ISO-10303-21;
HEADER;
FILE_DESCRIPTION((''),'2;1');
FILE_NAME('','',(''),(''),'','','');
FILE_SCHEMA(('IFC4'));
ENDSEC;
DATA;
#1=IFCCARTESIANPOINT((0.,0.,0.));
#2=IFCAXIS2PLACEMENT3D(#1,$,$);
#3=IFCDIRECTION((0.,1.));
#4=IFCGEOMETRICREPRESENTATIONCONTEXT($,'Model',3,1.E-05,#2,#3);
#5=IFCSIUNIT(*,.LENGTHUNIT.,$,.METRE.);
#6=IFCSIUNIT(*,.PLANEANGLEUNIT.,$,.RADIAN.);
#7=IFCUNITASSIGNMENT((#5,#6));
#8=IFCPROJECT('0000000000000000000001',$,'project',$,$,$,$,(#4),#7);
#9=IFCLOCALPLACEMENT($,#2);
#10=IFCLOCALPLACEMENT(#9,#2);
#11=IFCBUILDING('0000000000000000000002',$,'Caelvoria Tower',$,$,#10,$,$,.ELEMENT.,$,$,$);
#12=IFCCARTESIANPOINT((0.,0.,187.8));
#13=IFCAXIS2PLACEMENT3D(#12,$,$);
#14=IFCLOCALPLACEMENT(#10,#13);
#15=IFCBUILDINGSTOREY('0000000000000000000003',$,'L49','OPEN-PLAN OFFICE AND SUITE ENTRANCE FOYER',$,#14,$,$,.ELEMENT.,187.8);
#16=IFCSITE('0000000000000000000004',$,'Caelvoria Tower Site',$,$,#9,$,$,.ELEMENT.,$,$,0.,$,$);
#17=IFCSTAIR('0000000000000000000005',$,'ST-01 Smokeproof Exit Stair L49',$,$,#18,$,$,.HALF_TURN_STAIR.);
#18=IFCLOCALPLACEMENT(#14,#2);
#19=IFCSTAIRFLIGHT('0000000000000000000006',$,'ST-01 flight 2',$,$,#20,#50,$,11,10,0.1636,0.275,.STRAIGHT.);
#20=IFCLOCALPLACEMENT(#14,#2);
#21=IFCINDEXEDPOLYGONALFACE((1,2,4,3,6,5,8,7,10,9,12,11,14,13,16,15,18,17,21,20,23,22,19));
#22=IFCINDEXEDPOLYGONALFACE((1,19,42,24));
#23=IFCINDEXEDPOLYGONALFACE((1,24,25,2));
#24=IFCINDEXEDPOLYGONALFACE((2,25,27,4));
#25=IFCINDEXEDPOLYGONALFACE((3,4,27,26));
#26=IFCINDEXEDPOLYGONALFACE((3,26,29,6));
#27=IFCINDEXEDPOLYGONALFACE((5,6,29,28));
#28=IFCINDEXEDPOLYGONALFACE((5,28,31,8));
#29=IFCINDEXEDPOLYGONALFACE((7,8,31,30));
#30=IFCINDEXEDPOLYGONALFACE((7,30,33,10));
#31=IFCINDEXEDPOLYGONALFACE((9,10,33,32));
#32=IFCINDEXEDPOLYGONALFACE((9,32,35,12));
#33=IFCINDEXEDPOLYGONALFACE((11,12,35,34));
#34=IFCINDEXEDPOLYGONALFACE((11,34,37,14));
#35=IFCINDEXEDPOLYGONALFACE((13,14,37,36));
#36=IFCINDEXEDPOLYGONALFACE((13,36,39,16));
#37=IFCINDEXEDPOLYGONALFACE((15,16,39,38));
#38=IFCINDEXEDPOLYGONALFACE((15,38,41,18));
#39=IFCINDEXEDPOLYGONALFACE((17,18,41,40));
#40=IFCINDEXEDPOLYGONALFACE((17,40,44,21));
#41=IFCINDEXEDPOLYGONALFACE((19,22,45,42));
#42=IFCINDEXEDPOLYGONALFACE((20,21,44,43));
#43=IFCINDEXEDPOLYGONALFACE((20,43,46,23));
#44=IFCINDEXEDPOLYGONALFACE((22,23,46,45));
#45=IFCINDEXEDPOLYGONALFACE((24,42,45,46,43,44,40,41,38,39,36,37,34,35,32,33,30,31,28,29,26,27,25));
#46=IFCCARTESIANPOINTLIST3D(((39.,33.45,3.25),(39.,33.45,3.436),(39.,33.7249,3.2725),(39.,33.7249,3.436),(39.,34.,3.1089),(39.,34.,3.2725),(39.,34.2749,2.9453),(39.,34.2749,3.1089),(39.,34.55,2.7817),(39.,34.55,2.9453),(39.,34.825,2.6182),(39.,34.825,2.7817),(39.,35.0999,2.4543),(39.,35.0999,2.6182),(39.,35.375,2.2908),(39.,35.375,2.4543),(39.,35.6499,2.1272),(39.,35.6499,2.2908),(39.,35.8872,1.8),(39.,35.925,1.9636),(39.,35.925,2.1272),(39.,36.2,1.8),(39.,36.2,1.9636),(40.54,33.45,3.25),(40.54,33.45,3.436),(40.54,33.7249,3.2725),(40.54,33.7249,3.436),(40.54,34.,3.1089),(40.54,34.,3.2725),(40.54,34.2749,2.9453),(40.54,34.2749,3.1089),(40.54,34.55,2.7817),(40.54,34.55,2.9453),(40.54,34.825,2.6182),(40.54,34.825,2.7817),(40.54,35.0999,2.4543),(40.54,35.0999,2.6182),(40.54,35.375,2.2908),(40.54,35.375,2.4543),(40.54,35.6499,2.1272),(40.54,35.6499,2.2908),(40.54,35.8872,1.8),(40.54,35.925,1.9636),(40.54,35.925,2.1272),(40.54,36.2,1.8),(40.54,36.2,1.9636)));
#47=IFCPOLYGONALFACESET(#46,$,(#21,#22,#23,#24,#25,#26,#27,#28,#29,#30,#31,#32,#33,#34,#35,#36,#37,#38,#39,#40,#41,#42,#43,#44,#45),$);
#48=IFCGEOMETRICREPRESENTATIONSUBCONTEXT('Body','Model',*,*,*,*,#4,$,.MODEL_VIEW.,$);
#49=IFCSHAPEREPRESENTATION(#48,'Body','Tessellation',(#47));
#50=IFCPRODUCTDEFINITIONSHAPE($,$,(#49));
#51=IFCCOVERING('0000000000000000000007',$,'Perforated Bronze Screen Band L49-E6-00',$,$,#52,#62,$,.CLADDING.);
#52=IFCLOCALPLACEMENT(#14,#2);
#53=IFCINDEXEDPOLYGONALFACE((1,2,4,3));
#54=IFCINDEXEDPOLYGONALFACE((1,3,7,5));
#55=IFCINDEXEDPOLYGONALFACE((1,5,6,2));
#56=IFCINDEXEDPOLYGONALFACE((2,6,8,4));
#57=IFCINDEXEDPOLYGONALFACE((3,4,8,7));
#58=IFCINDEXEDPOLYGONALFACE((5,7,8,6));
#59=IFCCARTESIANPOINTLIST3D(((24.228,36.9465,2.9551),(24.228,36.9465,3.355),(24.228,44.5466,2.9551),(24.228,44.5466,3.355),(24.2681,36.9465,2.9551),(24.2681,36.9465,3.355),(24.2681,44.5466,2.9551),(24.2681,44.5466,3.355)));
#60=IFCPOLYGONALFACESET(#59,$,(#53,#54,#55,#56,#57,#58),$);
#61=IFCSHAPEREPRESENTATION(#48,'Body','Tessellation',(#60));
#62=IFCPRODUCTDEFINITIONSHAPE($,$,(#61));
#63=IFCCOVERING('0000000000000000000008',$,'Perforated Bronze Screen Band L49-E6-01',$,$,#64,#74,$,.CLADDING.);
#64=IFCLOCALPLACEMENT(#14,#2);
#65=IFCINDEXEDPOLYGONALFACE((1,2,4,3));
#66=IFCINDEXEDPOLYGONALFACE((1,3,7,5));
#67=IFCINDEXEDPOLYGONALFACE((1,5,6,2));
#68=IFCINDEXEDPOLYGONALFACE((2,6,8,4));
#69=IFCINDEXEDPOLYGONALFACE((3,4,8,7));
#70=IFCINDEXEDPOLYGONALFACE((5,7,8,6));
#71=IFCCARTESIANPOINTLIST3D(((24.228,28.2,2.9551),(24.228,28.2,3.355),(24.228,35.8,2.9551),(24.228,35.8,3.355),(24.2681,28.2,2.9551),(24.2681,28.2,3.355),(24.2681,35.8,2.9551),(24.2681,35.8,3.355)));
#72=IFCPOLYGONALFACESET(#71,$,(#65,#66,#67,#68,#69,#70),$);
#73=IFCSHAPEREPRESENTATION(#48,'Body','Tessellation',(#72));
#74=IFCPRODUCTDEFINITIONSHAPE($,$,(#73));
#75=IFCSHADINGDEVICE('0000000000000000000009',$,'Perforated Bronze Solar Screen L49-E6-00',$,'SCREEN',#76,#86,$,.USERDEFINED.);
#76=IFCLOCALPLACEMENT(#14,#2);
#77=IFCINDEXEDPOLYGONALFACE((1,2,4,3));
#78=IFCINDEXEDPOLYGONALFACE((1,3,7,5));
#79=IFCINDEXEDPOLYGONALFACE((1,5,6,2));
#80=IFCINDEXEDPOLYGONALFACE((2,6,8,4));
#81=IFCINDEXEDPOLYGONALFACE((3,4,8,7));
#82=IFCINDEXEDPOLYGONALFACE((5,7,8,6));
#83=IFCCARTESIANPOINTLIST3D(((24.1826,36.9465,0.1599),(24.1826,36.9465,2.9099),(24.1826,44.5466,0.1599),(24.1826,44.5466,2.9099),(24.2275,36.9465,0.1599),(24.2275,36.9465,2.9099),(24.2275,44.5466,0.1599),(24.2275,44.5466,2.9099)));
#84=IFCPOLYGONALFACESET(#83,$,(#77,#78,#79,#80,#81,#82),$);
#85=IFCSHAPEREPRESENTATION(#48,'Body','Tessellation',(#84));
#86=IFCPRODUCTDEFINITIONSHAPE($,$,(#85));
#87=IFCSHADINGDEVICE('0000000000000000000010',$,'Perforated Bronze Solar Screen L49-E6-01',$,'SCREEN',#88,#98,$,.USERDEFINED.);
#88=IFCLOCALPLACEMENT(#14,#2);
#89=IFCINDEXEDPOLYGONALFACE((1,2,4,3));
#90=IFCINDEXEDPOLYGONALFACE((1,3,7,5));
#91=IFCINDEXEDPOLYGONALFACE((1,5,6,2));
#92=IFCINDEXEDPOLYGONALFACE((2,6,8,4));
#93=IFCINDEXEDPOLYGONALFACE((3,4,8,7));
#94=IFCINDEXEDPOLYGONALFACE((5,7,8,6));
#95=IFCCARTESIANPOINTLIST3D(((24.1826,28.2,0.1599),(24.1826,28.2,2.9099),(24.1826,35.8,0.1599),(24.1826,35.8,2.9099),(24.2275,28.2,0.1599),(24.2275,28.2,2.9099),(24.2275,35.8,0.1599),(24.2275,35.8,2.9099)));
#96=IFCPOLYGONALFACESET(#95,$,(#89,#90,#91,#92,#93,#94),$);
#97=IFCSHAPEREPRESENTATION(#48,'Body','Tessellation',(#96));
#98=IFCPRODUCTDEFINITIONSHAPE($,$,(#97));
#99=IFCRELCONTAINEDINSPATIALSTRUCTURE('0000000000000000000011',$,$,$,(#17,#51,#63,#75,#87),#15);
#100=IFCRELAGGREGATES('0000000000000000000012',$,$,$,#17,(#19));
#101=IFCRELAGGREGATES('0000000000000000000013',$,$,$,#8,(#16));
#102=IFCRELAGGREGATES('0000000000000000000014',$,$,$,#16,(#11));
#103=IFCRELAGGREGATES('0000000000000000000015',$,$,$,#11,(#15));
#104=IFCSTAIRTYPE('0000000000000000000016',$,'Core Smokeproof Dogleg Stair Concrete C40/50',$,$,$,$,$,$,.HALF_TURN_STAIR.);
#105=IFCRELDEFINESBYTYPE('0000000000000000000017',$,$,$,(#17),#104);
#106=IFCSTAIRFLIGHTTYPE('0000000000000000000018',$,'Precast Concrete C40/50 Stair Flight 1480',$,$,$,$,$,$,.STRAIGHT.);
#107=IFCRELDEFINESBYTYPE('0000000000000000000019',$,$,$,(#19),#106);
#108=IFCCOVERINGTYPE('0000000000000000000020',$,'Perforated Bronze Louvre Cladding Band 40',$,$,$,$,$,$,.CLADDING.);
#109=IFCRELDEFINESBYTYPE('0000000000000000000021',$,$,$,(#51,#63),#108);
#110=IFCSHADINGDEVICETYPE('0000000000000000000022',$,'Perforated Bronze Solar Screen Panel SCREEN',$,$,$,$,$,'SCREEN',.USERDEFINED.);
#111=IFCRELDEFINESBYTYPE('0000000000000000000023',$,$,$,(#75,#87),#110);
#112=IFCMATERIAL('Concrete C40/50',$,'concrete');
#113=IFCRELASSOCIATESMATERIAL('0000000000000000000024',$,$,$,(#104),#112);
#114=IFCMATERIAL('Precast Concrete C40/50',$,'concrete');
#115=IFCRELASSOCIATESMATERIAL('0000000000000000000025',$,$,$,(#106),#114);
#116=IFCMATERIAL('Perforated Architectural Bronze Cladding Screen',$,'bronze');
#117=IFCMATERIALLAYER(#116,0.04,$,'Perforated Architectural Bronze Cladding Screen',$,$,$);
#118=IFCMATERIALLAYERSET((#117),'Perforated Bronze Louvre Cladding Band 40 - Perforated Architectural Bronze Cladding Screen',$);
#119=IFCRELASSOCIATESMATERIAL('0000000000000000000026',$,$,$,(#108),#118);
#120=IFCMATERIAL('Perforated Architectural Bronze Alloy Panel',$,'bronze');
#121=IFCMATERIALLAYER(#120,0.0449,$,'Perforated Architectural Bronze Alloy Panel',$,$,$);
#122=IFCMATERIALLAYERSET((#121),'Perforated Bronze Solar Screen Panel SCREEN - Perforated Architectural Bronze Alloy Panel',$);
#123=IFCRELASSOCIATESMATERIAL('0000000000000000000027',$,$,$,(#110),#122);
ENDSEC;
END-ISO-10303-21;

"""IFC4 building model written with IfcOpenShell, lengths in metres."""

from ifc_helpers import new_model, si_unit, direction, frame, origin, origin_2d, place, context, subcontext, project, spatial, polyline, rectangle, outline, extrude, material, layer, layer_set, type_object, element, aggregate, save


model = new_model("IFC4")

# Units and contexts
model_context = context("Model", 3, precision=1e-05, world=origin(), true_north=direction((0.0, 1.0)))
body_context = subcontext(model_context, "Body", "Model", "MODEL_VIEW")
ifc_project = project(units=[si_unit("LENGTHUNIT", "METRE"), si_unit("PLANEANGLEUNIT", "RADIAN")], contexts=[model_context])

# Site, building, storey
site_placement = place(None, origin())
site = spatial("IfcSite", under=ifc_project, at=site_placement, Name="Caelvoria Tower Site", CompositionType="ELEMENT", RefElevation=0.0)
building_placement = place(site_placement, origin())
building = spatial("IfcBuilding", under=site, at=building_placement, Name="Caelvoria Tower", CompositionType="ELEMENT")
storey_placement = place(building_placement, frame((0.0, 0.0, 187.8)))
storey = spatial("IfcBuildingStorey", under=building, at=storey_placement, Name="L49", Description="OPEN-PLAN OFFICE AND SUITE ENTRANCE FOYER", CompositionType="ELEMENT", Elevation=187.8)

# Stair, stair flight
ifc_material_1 = material(Name="Concrete C40/50", Category="concrete")
stair_type = type_object("IfcStairType", Name="Core Smokeproof Dogleg Stair Concrete C40/50", PredefinedType="HALF_TURN_STAIR", material=ifc_material_1)
stair_placement = place(storey_placement, origin())
stair = element("IfcStair", 1, at=stair_placement, inside=storey, type_object=stair_type, Name="ST-01 Smokeproof Exit Stair L49", PredefinedType="HALF_TURN_STAIR")
ifc_material_2 = material(Name="Precast Concrete C40/50", Category="concrete")
stair_flight_type = type_object("IfcStairFlightType", Name="Precast Concrete C40/50 Stair Flight 1480", PredefinedType="STRAIGHT", material=ifc_material_2)
stair_flight_1_placement = place(storey_placement, frame((39.77, 36.2, 1.8), z_axis=(0.0, 0.0, 1.0), x_axis=(0.0, -1.0, 0.0)))
stair_flight_1 = element("IfcStairFlight", 2, at=stair_flight_1_placement, type_object=stair_flight_type, Name="ST-01 flight 2", NumberOfRisers=11, NumberOfTreads=10, PredefinedType="STRAIGHT", RiserHeight=0.1636, TreadLength=0.275, context=body_context, shape_type="SweptSolid", body=[
    extrude(outline(polyline([(0.0, 0.0), (0.0, 0.1636), (0.2749, 0.1636), (0.2749, 0.3271), (0.55, 0.3271), (0.55, 0.4907), (0.825, 0.4907), (0.825, 0.6543), (1.1001, 0.6543), (1.1001, 0.8181), (1.375, 0.8181), (1.375, 0.9817), (1.6499, 0.9817), (1.6499, 1.1453), (1.925, 1.1453), (1.925, 1.3088), (2.2, 1.3088), (2.2, 1.4724), (2.4751, 1.4724), (2.4751, 1.636), (2.75, 1.636), (2.75, 1.7996), (2.75, 1.45), (0.3127, 0.0), (0.0, 0.0)])), frame((0.0, 0.77, 0.0), z_axis=(0.0, -1.0, 0.0), x_axis=(1.0, 0.0, 0.0)), (0.0, 0.0, 1.0), 1.54),
])
aggregate(stair, [stair_flight_1])

# Coverings
ifc_material_3 = material(Name="Perforated Architectural Bronze Cladding Screen", Category="bronze")
ifc_layer_1 = layer(ifc_material_3, 0.04, Name="Perforated Architectural Bronze Cladding Screen")
ifc_layer_set_1 = layer_set([ifc_layer_1], Name="Perforated Bronze Louvre Cladding Band 40 - Perforated Architectural Bronze Cladding Screen")
covering_type = type_object("IfcCoveringType", Name="Perforated Bronze Louvre Cladding Band 40", PredefinedType="CLADDING", material=ifc_layer_set_1)
for number, where, z_axis, x_axis, name in (
    (3, (24.248, 40.7466, 2.9551), (0.0, 0.0, 1.0), (0.0, -1.0, 0.0), "Perforated Bronze Screen Band L49-E6-00"),
    (4, (24.248, 32.0, 2.9551), (0.0, 0.0, 1.0), (0.0, -1.0, 0.0), "Perforated Bronze Screen Band L49-E6-01"),
):
    element("IfcCovering", number, at=place(storey_placement, frame(where, z_axis=z_axis, x_axis=x_axis)), inside=storey, type_object=covering_type, Name=name, PredefinedType="CLADDING", context=body_context, shape_type="SweptSolid", body=[
        extrude(rectangle(XDim=7.6001, YDim=0.04, at=origin_2d()), origin(), (0.0, 0.0, 1.0), 0.3999),
    ])

# Shading devices
ifc_material_4 = material(Name="Perforated Architectural Bronze Alloy Panel", Category="bronze")
ifc_layer_2 = layer(ifc_material_4, 0.0449, Name="Perforated Architectural Bronze Alloy Panel")
ifc_layer_set_2 = layer_set([ifc_layer_2], Name="Perforated Bronze Solar Screen Panel SCREEN - Perforated Architectural Bronze Alloy Panel")
shading_device_type = type_object("IfcShadingDeviceType", Name="Perforated Bronze Solar Screen Panel SCREEN", ElementType="SCREEN", PredefinedType="USERDEFINED", material=ifc_layer_set_2)
for number, where, z_axis, x_axis, name in (
    (5, (24.2051, 40.7466, 0.1599), (0.0, 0.0, 1.0), (0.0, -1.0, 0.0), "Perforated Bronze Solar Screen L49-E6-00"),
    (6, (24.2051, 32.0, 0.1599), (0.0, 0.0, 1.0), (0.0, -1.0, 0.0), "Perforated Bronze Solar Screen L49-E6-01"),
):
    element("IfcShadingDevice", number, at=place(storey_placement, frame(where, z_axis=z_axis, x_axis=x_axis)), inside=storey, type_object=shading_device_type, Name=name, ObjectType="SCREEN", PredefinedType="USERDEFINED", context=body_context, shape_type="SweptSolid", body=[
        extrude(rectangle(XDim=7.6001, YDim=0.0449, at=origin_2d()), origin(), (0.0, 0.0, 1.0), 2.75),
    ])

save(model, "model.ifc")
